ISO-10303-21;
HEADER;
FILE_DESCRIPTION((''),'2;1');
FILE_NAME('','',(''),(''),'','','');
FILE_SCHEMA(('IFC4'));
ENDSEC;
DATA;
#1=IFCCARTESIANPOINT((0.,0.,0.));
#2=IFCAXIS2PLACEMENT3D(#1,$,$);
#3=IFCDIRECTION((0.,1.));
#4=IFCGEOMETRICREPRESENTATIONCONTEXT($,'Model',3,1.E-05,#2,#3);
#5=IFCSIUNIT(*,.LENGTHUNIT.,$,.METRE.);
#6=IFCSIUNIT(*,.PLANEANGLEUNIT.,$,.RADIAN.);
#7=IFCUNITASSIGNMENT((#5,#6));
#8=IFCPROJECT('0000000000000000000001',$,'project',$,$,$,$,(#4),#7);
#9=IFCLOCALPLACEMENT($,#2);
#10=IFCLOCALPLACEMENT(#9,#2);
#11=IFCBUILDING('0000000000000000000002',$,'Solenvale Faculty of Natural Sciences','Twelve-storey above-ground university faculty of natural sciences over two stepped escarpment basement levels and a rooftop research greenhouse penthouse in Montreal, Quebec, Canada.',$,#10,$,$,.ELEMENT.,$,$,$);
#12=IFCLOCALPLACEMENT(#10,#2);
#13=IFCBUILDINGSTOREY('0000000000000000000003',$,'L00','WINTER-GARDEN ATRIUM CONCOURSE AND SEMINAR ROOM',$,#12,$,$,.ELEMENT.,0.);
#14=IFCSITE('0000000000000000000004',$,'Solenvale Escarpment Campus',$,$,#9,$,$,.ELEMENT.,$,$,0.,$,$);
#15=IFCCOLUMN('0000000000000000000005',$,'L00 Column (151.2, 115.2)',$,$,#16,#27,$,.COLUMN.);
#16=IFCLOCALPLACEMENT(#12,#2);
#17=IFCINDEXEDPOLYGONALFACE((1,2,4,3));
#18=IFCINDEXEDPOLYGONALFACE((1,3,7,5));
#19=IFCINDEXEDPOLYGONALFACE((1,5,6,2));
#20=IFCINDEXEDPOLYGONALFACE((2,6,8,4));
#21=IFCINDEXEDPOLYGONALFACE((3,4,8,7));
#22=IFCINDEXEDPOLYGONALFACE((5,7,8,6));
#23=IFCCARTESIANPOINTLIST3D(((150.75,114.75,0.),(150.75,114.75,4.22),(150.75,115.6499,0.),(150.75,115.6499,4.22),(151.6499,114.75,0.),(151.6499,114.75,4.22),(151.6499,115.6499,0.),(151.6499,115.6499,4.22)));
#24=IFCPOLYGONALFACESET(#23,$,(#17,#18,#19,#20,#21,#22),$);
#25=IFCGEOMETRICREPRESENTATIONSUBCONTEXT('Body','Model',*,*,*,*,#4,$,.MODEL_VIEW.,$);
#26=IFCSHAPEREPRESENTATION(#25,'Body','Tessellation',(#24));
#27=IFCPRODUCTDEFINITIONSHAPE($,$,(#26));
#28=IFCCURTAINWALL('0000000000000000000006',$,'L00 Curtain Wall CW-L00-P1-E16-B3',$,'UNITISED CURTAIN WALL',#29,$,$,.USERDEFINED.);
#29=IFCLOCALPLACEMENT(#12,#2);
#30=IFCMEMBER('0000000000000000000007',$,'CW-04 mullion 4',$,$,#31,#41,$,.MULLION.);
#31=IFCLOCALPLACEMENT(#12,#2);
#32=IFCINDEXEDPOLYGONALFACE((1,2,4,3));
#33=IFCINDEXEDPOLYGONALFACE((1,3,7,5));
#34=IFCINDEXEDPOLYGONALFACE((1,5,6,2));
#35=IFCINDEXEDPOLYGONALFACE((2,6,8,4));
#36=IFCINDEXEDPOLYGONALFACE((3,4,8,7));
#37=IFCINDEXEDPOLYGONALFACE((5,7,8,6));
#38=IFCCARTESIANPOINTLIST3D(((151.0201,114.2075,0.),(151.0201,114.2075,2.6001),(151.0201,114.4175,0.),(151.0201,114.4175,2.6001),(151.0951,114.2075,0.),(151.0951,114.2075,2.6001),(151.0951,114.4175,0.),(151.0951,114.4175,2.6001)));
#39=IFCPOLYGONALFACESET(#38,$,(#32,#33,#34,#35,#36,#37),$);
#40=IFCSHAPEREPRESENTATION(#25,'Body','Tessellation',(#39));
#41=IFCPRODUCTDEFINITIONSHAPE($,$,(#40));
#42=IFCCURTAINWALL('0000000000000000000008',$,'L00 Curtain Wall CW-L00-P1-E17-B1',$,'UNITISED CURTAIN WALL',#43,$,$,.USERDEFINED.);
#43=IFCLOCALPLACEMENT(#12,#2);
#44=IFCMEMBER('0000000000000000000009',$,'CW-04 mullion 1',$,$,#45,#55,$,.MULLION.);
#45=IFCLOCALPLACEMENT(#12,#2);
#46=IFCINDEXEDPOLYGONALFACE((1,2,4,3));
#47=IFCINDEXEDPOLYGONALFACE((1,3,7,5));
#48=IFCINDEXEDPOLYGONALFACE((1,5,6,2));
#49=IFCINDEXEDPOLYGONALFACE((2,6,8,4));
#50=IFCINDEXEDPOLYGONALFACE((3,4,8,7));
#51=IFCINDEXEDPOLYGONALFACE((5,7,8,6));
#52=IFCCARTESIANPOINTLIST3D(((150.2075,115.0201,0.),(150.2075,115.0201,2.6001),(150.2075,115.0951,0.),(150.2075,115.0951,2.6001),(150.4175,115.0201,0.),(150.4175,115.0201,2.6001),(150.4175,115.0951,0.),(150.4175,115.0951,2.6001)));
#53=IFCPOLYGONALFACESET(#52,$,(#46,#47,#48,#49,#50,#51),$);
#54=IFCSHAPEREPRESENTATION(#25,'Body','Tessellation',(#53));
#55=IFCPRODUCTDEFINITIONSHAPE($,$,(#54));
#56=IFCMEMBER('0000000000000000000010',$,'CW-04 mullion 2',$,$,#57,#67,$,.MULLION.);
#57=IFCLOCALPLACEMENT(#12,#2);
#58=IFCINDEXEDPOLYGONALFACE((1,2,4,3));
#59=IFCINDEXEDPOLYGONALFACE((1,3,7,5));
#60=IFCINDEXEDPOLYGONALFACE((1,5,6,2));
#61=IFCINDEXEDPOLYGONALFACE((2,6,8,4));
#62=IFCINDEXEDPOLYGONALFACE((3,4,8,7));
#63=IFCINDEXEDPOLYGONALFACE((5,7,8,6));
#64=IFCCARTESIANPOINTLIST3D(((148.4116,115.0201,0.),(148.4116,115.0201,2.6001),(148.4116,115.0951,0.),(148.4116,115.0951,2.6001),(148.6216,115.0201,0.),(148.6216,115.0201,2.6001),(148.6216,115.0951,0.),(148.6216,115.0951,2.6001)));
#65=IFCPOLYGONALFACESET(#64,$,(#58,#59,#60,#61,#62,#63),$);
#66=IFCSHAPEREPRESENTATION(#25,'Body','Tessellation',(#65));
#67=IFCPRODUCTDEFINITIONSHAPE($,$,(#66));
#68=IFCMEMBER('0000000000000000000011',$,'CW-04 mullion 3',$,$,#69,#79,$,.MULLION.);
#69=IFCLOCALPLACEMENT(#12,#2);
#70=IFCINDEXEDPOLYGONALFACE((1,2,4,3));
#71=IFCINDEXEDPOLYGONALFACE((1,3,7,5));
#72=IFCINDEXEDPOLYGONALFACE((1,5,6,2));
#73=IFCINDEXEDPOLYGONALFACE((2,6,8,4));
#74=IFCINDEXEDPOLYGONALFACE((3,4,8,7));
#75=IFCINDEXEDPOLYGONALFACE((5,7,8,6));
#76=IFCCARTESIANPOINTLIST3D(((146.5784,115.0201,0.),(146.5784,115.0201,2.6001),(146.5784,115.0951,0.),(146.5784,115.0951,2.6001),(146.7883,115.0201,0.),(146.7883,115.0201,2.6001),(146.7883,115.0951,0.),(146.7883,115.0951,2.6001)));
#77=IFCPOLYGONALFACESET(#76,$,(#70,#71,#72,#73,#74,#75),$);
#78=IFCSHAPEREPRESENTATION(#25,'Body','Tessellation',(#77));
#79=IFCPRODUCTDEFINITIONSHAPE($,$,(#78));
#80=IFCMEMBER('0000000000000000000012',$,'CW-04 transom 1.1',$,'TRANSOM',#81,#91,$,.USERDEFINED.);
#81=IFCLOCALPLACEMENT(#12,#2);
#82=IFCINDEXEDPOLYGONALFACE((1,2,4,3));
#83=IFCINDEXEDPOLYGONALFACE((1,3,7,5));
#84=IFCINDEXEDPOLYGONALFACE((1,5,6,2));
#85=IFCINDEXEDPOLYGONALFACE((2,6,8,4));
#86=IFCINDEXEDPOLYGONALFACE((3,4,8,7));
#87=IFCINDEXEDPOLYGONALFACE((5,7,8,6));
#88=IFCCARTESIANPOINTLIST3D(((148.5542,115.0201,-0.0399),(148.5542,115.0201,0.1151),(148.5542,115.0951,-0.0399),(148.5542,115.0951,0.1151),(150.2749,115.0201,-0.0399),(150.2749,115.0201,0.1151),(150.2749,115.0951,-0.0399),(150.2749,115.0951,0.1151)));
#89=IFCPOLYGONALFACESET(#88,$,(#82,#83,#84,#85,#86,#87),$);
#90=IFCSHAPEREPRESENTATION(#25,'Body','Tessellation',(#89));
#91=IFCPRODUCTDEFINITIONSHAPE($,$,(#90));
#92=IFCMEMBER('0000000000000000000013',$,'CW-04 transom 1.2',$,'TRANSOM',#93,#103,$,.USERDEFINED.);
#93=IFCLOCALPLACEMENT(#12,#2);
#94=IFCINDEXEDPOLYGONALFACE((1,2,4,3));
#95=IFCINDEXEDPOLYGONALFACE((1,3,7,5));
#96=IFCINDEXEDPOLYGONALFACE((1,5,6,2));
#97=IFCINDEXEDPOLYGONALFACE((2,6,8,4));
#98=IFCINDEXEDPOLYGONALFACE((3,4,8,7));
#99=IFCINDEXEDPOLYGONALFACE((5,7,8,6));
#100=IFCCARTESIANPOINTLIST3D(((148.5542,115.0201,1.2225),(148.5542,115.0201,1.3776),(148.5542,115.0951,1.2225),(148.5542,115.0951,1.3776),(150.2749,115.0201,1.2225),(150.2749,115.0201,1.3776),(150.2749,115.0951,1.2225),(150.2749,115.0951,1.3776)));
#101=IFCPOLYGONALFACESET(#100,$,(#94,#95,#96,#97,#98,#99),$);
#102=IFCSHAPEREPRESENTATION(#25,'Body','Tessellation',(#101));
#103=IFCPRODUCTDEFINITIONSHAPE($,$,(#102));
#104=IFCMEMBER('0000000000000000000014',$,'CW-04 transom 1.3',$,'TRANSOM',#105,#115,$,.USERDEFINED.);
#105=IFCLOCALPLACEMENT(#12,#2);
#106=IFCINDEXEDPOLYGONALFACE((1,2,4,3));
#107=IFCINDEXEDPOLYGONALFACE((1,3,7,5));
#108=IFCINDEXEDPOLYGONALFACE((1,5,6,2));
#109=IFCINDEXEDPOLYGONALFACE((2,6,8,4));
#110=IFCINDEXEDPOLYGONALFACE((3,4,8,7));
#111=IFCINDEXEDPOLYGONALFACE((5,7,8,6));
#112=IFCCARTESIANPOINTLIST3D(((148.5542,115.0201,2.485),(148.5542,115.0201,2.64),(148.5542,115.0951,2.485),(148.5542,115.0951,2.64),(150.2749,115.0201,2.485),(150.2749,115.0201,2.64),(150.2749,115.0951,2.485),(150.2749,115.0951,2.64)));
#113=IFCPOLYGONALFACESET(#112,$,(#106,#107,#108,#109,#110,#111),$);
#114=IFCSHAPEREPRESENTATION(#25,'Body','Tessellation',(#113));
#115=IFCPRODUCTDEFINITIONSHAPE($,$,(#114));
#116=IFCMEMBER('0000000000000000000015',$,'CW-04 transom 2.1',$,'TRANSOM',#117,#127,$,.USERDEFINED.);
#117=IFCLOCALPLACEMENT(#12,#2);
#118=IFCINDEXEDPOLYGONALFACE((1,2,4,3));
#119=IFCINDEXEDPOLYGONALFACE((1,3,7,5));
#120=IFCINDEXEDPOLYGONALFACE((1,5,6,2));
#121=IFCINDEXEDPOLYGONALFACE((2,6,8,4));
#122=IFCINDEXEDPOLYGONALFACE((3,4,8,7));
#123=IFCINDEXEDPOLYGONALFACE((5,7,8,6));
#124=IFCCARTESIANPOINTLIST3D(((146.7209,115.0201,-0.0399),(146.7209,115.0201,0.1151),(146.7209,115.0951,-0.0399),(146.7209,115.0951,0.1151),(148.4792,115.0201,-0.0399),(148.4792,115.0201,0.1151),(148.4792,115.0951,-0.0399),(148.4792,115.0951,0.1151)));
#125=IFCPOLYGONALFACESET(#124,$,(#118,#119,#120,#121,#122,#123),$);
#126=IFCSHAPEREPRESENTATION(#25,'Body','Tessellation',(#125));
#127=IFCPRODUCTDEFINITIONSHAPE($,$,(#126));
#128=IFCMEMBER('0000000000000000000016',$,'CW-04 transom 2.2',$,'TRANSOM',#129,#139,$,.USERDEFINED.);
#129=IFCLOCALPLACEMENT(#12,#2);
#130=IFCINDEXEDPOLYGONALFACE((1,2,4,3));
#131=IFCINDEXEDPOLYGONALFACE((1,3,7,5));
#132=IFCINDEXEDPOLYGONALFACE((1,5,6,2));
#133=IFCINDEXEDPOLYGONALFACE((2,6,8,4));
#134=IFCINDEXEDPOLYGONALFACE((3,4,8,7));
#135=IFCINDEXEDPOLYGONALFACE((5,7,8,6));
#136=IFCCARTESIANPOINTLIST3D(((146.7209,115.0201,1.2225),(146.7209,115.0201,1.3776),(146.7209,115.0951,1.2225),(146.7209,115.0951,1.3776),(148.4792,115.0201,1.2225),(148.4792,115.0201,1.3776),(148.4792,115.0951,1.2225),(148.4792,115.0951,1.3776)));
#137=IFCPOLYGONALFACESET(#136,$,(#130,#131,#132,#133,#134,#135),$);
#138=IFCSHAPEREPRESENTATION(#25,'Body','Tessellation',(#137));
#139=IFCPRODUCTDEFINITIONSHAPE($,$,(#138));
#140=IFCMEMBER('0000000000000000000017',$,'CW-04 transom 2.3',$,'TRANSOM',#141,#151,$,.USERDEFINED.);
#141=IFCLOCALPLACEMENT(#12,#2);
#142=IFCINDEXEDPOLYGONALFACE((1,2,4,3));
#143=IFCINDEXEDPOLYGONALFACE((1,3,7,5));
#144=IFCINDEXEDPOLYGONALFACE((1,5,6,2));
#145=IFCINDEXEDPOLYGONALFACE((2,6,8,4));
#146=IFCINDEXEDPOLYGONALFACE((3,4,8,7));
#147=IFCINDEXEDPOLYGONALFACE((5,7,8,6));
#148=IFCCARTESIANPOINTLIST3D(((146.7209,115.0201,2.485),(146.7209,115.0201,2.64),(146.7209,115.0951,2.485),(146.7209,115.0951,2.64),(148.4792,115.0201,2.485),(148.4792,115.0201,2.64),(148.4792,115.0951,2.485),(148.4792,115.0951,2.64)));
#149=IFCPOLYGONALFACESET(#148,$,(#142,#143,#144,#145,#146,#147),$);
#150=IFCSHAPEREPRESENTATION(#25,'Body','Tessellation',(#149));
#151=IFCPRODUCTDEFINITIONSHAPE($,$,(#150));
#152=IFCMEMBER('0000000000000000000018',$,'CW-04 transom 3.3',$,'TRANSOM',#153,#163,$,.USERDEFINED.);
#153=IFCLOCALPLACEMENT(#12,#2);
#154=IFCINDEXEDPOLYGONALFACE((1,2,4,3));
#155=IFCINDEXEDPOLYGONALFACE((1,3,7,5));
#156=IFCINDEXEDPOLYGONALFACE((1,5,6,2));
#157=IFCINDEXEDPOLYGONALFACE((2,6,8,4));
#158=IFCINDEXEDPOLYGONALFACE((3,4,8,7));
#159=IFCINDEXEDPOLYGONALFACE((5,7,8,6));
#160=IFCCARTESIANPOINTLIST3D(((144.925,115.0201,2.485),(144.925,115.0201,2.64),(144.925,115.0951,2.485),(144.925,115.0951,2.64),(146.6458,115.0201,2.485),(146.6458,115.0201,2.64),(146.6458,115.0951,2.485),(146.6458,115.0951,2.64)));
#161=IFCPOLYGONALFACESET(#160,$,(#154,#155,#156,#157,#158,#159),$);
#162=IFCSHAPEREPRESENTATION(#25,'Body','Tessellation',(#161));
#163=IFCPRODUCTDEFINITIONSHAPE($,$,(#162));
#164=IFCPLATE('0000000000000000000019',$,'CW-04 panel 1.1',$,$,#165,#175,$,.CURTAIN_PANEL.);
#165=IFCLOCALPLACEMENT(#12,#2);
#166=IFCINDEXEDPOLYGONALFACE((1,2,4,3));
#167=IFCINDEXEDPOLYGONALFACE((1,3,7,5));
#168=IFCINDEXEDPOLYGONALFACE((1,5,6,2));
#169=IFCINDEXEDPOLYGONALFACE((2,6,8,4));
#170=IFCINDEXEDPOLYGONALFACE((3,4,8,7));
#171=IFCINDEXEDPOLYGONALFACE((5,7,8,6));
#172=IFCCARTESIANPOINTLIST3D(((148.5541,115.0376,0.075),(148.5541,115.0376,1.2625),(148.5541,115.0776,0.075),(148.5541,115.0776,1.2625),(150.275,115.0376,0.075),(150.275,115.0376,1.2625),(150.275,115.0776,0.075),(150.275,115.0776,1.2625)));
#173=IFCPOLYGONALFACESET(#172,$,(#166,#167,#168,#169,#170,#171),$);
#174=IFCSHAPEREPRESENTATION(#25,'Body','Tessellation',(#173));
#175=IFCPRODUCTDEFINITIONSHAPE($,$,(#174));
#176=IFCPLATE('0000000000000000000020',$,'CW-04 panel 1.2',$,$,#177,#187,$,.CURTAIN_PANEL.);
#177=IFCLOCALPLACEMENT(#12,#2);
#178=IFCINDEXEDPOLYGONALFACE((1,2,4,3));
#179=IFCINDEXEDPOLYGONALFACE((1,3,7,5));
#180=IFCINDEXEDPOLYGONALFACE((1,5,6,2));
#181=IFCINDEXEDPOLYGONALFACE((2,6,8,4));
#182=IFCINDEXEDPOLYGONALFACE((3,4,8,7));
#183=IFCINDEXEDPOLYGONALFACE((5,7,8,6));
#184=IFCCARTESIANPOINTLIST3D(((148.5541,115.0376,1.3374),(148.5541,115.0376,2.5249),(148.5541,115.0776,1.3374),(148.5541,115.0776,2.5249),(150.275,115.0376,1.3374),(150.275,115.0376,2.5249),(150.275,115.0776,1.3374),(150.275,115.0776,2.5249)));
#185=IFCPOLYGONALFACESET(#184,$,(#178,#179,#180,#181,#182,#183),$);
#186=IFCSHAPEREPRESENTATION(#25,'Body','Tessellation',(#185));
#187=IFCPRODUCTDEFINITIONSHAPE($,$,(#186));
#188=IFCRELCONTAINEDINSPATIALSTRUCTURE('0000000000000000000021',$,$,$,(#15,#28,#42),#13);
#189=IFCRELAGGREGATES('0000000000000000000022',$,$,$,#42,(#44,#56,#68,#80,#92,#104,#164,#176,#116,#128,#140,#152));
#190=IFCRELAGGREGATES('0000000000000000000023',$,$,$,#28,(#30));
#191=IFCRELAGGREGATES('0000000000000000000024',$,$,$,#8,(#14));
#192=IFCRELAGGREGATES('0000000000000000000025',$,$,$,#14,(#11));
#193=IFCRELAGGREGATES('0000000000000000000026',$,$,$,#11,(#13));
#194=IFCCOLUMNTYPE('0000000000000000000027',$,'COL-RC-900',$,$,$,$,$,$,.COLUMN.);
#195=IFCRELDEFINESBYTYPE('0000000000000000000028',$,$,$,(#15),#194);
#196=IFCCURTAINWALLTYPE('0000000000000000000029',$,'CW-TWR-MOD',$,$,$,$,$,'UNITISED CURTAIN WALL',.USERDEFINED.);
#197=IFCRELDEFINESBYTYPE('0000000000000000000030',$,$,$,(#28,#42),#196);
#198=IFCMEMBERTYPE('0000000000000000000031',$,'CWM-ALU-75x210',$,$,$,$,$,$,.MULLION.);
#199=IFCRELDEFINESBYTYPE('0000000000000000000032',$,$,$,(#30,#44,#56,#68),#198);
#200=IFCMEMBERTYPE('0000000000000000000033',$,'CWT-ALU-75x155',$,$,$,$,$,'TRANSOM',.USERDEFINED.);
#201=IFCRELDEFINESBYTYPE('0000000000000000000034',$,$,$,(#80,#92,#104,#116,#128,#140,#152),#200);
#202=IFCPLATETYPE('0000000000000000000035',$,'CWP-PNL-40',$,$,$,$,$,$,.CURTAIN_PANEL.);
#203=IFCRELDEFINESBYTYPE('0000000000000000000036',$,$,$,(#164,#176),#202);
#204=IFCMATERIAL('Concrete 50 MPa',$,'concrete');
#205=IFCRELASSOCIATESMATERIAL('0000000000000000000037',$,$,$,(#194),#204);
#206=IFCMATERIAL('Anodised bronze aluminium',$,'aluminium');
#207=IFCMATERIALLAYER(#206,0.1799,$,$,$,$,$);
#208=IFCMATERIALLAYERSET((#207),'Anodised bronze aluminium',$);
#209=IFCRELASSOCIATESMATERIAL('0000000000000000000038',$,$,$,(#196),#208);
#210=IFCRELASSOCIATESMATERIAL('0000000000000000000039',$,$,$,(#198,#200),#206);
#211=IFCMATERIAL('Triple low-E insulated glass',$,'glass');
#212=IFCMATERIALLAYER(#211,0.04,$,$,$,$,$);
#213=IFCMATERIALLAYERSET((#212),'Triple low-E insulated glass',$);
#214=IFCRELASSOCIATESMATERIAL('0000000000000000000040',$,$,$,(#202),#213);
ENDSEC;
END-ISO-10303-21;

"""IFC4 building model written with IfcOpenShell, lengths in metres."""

from ifc_helpers import new_model, si_unit, direction, frame, origin, origin_2d, place, context, subcontext, project, spatial, rectangle, extrude, material, layer, layer_set, material_profile, profile_set, type_object, element, aggregate, save


model = new_model("IFC4")

# Units and contexts
model_context = context("Model", 3, precision=1e-05, world=origin(), true_north=direction((0.0, 1.0)))
body_context = subcontext(model_context, "Body", "Model", "MODEL_VIEW")
ifc_project = project(units=[si_unit("LENGTHUNIT", "METRE"), si_unit("PLANEANGLEUNIT", "RADIAN")], contexts=[model_context])

# Site, building, storey
site_placement = place(None, origin())
site = spatial("IfcSite", under=ifc_project, at=site_placement, Name="Solenvale Escarpment Campus", CompositionType="ELEMENT", RefElevation=0.0)
building_placement = place(site_placement, origin())
building = spatial("IfcBuilding", under=site, at=building_placement, Name="Solenvale Faculty of Natural Sciences", Description="Twelve-storey above-ground university faculty of natural sciences over two stepped escarpment basement levels and a rooftop research greenhouse penthouse in Montreal, Quebec, Canada.", CompositionType="ELEMENT")
storey_placement = place(building_placement, origin())
storey = spatial("IfcBuildingStorey", under=building, at=storey_placement, Name="L00", Description="WINTER-GARDEN ATRIUM CONCOURSE AND SEMINAR ROOM", CompositionType="ELEMENT", Elevation=0.0)

# Column
ifc_material_1 = material(Name="Concrete 50 MPa", Category="concrete")
ifc_material_profile_1 = material_profile(ifc_material_1, rectangle(XDim=0.8999, YDim=0.8999, at=origin_2d()), Name="RC-COL-900x900")
ifc_profile_set_1 = profile_set([ifc_material_profile_1], Name="Concrete 50 MPa")
column_type = type_object("IfcColumnType", Name="COL-RC-900", PredefinedType="COLUMN", material=ifc_profile_set_1)
column_placement = place(storey_placement, frame((151.2, 115.2, 0.0), z_axis=(0.0, 0.0, 1.0), x_axis=(1.0, 0.0, 0.0)))
element("IfcColumn", 1, at=column_placement, inside=storey, type_object=column_type, Name="L00 Column (151.2, 115.2)", PredefinedType="COLUMN", context=body_context, shape_type="SweptSolid", body=[
    extrude(rectangle(XDim=0.8999, YDim=0.8999, at=origin_2d()), origin(), (0.0, 0.0, 1.0), 4.22),
])

# Curtain wall, member
ifc_material_2 = material(Name="Anodised bronze aluminium", Category="aluminium")
ifc_layer_1 = layer(ifc_material_2, 0.1799)
ifc_layer_set_1 = layer_set([ifc_layer_1], Name="Anodised bronze aluminium")
curtain_wall_type = type_object("IfcCurtainWallType", Name="CW-TWR-MOD", ElementType="UNITISED CURTAIN WALL", PredefinedType="USERDEFINED", material=ifc_layer_set_1)
curtain_wall_1_placement = place(storey_placement, origin())
curtain_wall_1 = element("IfcCurtainWall", 2, at=curtain_wall_1_placement, inside=storey, type_object=curtain_wall_type, Name="L00 Curtain Wall CW-L00-P1-E16-B3", ObjectType="UNITISED CURTAIN WALL", PredefinedType="USERDEFINED")
ifc_material_profile_2 = material_profile(ifc_material_2, rectangle(XDim=0.075, YDim=0.21, at=origin_2d()), Name="ALU-MUL-75x210")
ifc_profile_set_2 = profile_set([ifc_material_profile_2], Name="Anodised bronze aluminium")
member_type_1 = type_object("IfcMemberType", Name="CWM-ALU-75x210", PredefinedType="MULLION", material=ifc_profile_set_2)
member_1_placement = place(storey_placement, frame((151.0576, 114.3125, 0.0), z_axis=(0.0, 0.0, 1.0), x_axis=(-1.0, 0.0, 0.0)))
member_1 = element("IfcMember", 3, at=member_1_placement, type_object=member_type_1, Name="CW-04 mullion 4", PredefinedType="MULLION", context=body_context, shape_type="SweptSolid", body=[
    extrude(rectangle(XDim=0.075, YDim=0.21, at=origin_2d()), origin(), (0.0, 0.0, 1.0), 2.6001),
])

# Curtain wall, members, plates
curtain_wall_2_placement = place(storey_placement, origin())
curtain_wall_2 = element("IfcCurtainWall", 4, at=curtain_wall_2_placement, inside=storey, type_object=curtain_wall_type, Name="L00 Curtain Wall CW-L00-P1-E17-B1", ObjectType="UNITISED CURTAIN WALL", PredefinedType="USERDEFINED")
member_2_placement = place(storey_placement, frame((150.3125, 115.0576, 0.0), z_axis=(0.0, 0.0, 1.0), x_axis=(0.0, -1.0, 0.0)))
member_2 = element("IfcMember", 5, at=member_2_placement, type_object=member_type_1, Name="CW-04 mullion 1", PredefinedType="MULLION", context=body_context, shape_type="SweptSolid", body=[
    extrude(rectangle(XDim=0.075, YDim=0.21, at=origin_2d()), origin(), (0.0, 0.0, 1.0), 2.6001),
])
member_3_placement = place(storey_placement, frame((148.5166, 115.0576, 0.0), z_axis=(0.0, 0.0, 1.0), x_axis=(0.0, -1.0, 0.0)))
member_3 = element("IfcMember", 6, at=member_3_placement, type_object=member_type_1, Name="CW-04 mullion 2", PredefinedType="MULLION", context=body_context, shape_type="SweptSolid", body=[
    extrude(rectangle(XDim=0.075, YDim=0.21, at=origin_2d()), origin(), (0.0, 0.0, 1.0), 2.6001),
])
member_4_placement = place(storey_placement, frame((146.6833, 115.0576, 0.0), z_axis=(0.0, 0.0, 1.0), x_axis=(0.0, -1.0, 0.0)))
member_4 = element("IfcMember", 7, at=member_4_placement, type_object=member_type_1, Name="CW-04 mullion 3", PredefinedType="MULLION", context=body_context, shape_type="SweptSolid", body=[
    extrude(rectangle(XDim=0.075, YDim=0.21, at=origin_2d()), origin(), (0.0, 0.0, 1.0), 2.6001),
])
ifc_material_profile_3 = material_profile(ifc_material_2, rectangle(XDim=0.075, YDim=0.155, at=origin_2d()), Name="ALU-TRN-75x155")
ifc_profile_set_3 = profile_set([ifc_material_profile_3], Name="Anodised bronze aluminium")
member_type_2 = type_object("IfcMemberType", Name="CWT-ALU-75x155", ElementType="TRANSOM", PredefinedType="USERDEFINED", material=ifc_profile_set_3)
member_5_placement = place(storey_placement, frame((150.2749, 115.0576, 0.0376), z_axis=(-1.0, 0.0, 0.0), x_axis=(0.0, -1.0, 0.0)))
member_5 = element("IfcMember", 8, at=member_5_placement, type_object=member_type_2, Name="CW-04 transom 1.1", ObjectType="TRANSOM", PredefinedType="USERDEFINED", context=body_context, shape_type="SweptSolid", body=[
    extrude(rectangle(XDim=0.075, YDim=0.155, at=origin_2d()), origin(), (0.0, 0.0, 1.0), 1.7207),
])
member_6_placement = place(storey_placement, frame((150.2749, 115.0576, 1.3), z_axis=(-1.0, 0.0, 0.0), x_axis=(0.0, -1.0, 0.0)))
member_6 = element("IfcMember", 9, at=member_6_placement, type_object=member_type_2, Name="CW-04 transom 1.2", ObjectType="TRANSOM", PredefinedType="USERDEFINED", context=body_context, shape_type="SweptSolid", body=[
    extrude(rectangle(XDim=0.075, YDim=0.155, at=origin_2d()), origin(), (0.0, 0.0, 1.0), 1.7207),
])
member_7_placement = place(storey_placement, frame((150.2749, 115.0576, 2.5625), z_axis=(-1.0, 0.0, 0.0), x_axis=(0.0, -1.0, 0.0)))
member_7 = element("IfcMember", 10, at=member_7_placement, type_object=member_type_2, Name="CW-04 transom 1.3", ObjectType="TRANSOM", PredefinedType="USERDEFINED", context=body_context, shape_type="SweptSolid", body=[
    extrude(rectangle(XDim=0.075, YDim=0.155, at=origin_2d()), origin(), (0.0, 0.0, 1.0), 1.7207),
])
member_8_placement = place(storey_placement, frame((148.4792, 115.0576, 0.0376), z_axis=(-1.0, 0.0, 0.0), x_axis=(0.0, -1.0, 0.0)))
member_8 = element("IfcMember", 11, at=member_8_placement, type_object=member_type_2, Name="CW-04 transom 2.1", ObjectType="TRANSOM", PredefinedType="USERDEFINED", context=body_context, shape_type="SweptSolid", body=[
    extrude(rectangle(XDim=0.075, YDim=0.155, at=origin_2d()), origin(), (0.0, 0.0, 1.0), 1.7583),
])
member_9_placement = place(storey_placement, frame((148.4792, 115.0576, 1.3), z_axis=(-1.0, 0.0, 0.0), x_axis=(0.0, -1.0, 0.0)))
member_9 = element("IfcMember", 12, at=member_9_placement, type_object=member_type_2, Name="CW-04 transom 2.2", ObjectType="TRANSOM", PredefinedType="USERDEFINED", context=body_context, shape_type="SweptSolid", body=[
    extrude(rectangle(XDim=0.075, YDim=0.155, at=origin_2d()), origin(), (0.0, 0.0, 1.0), 1.7583),
])
member_10_placement = place(storey_placement, frame((148.4792, 115.0576, 2.5625), z_axis=(-1.0, 0.0, 0.0), x_axis=(0.0, -1.0, 0.0)))
member_10 = element("IfcMember", 13, at=member_10_placement, type_object=member_type_2, Name="CW-04 transom 2.3", ObjectType="TRANSOM", PredefinedType="USERDEFINED", context=body_context, shape_type="SweptSolid", body=[
    extrude(rectangle(XDim=0.075, YDim=0.155, at=origin_2d()), origin(), (0.0, 0.0, 1.0), 1.7583),
])
member_11_placement = place(storey_placement, frame((146.6458, 115.0576, 2.5625), z_axis=(-1.0, 0.0, 0.0), x_axis=(0.0, -1.0, 0.0)))
member_11 = element("IfcMember", 14, at=member_11_placement, type_object=member_type_2, Name="CW-04 transom 3.3", ObjectType="TRANSOM", PredefinedType="USERDEFINED", context=body_context, shape_type="SweptSolid", body=[
    extrude(rectangle(XDim=0.075, YDim=0.155, at=origin_2d()), origin(), (0.0, 0.0, 1.0), 1.7207),
])
ifc_material_3 = material(Name="Triple low-E insulated glass", Category="glass")
ifc_layer_2 = layer(ifc_material_3, 0.04)
ifc_layer_set_2 = layer_set([ifc_layer_2], Name="Triple low-E insulated glass")
plate_type_1 = type_object("IfcPlateType", Name="CWP-PNL-40", PredefinedType="CURTAIN_PANEL", material=ifc_layer_set_2)
plate_1_placement = place(storey_placement, frame((149.4146, 115.0576, 0.075), z_axis=(0.0, 0.0, 1.0), x_axis=(-1.0, 0.0, 0.0)))
plate_1 = element("IfcPlate", 15, at=plate_1_placement, type_object=plate_type_1, Name="CW-04 panel 1.1", PredefinedType="CURTAIN_PANEL", context=body_context, shape_type="SweptSolid", body=[
    extrude(rectangle(XDim=1.7209, YDim=0.04, at=origin_2d()), origin(), (0.0, 0.0, 1.0), 1.1875),
])
plate_2_placement = place(storey_placement, frame((149.4146, 115.0576, 1.3374), z_axis=(0.0, 0.0, 1.0), x_axis=(-1.0, 0.0, 0.0)))
plate_2 = element("IfcPlate", 16, at=plate_2_placement, type_object=plate_type_1, Name="CW-04 panel 1.2", PredefinedType="CURTAIN_PANEL", context=body_context, shape_type="SweptSolid", body=[
    extrude(rectangle(XDim=1.7209, YDim=0.04, at=origin_2d()), origin(), (0.0, 0.0, 1.0), 1.1875),
])
aggregate(curtain_wall_2, [member_2, member_3, member_4, member_5, member_6, member_7, plate_1, plate_2, member_8, member_9, member_10, member_11])

aggregate(curtain_wall_1, [member_1])

save(model, "model.ifc")
